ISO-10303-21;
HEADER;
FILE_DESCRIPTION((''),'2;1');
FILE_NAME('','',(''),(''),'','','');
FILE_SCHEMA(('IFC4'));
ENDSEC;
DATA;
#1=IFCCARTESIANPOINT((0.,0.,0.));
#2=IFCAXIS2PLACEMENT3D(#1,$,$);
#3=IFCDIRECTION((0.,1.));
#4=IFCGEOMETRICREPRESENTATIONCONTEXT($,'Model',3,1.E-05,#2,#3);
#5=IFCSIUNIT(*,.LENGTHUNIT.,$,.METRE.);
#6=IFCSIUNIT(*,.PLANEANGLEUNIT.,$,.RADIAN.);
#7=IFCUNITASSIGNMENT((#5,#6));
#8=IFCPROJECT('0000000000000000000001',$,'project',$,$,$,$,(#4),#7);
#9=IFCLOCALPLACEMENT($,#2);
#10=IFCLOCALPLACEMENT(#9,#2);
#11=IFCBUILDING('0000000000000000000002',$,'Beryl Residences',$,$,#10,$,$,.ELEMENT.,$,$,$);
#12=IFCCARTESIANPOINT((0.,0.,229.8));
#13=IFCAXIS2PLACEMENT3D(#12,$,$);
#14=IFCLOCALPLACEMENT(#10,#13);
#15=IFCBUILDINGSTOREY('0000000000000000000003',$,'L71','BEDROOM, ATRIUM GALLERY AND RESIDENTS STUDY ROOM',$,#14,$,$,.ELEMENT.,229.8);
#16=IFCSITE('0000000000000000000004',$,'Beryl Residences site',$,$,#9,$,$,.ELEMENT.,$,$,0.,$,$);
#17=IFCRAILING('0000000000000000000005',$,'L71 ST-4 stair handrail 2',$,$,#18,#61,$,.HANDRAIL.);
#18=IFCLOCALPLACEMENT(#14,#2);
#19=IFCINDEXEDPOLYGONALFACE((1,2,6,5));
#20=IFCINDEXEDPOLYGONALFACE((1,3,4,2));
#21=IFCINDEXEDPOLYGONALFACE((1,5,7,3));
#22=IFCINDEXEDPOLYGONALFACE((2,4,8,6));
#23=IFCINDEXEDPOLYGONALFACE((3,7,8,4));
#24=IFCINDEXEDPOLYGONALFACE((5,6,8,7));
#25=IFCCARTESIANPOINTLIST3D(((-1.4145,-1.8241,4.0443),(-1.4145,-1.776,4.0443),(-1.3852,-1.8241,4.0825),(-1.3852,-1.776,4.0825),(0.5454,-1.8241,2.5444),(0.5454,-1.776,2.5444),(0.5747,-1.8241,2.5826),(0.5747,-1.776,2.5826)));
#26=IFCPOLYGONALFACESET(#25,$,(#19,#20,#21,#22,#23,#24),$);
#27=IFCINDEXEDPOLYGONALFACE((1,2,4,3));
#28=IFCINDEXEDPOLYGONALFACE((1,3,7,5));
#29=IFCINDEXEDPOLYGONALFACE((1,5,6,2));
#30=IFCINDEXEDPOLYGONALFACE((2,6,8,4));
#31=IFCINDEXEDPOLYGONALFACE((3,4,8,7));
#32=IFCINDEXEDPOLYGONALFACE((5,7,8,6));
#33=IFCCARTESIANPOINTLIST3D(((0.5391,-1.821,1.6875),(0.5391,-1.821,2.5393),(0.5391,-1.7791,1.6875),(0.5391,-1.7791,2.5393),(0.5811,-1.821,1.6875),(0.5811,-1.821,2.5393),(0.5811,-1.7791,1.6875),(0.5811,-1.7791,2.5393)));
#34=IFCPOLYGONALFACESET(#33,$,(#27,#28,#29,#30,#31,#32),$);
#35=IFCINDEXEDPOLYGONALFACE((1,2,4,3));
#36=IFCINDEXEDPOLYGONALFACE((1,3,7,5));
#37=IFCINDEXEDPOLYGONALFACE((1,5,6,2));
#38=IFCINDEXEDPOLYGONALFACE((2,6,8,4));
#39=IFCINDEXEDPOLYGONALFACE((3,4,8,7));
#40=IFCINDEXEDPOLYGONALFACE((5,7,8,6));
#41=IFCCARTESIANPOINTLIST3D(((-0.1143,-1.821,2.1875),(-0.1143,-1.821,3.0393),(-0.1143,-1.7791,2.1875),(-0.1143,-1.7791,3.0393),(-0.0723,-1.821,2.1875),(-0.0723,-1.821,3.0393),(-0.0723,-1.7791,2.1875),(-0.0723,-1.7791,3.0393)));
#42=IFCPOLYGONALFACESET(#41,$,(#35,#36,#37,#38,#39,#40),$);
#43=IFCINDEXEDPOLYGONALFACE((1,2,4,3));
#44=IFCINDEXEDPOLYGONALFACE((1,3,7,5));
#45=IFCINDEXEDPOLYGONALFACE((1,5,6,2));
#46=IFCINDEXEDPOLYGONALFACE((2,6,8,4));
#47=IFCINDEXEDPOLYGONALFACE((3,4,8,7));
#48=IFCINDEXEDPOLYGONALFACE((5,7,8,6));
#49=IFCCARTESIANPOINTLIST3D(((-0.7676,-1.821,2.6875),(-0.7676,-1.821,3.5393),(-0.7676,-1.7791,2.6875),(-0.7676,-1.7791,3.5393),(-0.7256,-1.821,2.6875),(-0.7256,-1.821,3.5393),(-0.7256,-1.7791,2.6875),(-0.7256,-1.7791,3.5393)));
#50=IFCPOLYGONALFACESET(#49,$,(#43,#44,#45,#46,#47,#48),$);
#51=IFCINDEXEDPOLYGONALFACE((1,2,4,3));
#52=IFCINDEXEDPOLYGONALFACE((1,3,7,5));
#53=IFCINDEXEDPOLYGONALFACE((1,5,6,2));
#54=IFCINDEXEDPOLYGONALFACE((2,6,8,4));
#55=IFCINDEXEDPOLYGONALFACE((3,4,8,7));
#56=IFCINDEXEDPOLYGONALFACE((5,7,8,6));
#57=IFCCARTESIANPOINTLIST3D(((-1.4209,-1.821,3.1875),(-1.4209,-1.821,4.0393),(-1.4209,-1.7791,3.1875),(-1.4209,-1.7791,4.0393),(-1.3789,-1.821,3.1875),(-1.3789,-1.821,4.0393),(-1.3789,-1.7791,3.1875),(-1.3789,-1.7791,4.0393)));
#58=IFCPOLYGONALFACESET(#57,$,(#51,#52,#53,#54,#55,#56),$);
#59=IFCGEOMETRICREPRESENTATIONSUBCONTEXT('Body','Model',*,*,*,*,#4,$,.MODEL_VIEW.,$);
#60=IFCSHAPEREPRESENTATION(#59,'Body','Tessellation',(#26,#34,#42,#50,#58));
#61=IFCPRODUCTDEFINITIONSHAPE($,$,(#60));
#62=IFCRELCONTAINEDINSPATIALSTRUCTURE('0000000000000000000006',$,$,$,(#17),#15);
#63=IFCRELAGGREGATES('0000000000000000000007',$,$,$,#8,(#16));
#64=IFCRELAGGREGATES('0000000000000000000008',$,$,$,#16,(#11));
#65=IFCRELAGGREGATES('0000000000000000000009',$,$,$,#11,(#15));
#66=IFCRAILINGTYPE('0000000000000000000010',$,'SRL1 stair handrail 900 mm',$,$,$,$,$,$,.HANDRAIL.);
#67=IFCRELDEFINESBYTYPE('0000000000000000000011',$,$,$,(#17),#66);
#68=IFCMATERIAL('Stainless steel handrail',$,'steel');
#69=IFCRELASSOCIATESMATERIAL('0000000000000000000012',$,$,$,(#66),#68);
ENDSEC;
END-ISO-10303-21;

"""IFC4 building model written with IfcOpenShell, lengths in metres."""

from ifc_helpers import new_model, si_unit, direction, frame, origin, origin_2d, place, context, subcontext, project, spatial, rectangle, extrude, material, type_object, element, save


model = new_model("IFC4")

# Units and contexts
model_context = context("Model", 3, precision=1e-05, world=origin(), true_north=direction((0.0, 1.0)))
body_context = subcontext(model_context, "Body", "Model", "MODEL_VIEW")
ifc_project = project(units=[si_unit("LENGTHUNIT", "METRE"), si_unit("PLANEANGLEUNIT", "RADIAN")], contexts=[model_context])

# Site, building, storey
site_placement = place(None, origin())
site = spatial("IfcSite", under=ifc_project, at=site_placement, Name="Beryl Residences site", CompositionType="ELEMENT", RefElevation=0.0)
building_placement = place(site_placement, origin())
building = spatial("IfcBuilding", under=site, at=building_placement, Name="Beryl Residences", CompositionType="ELEMENT")
storey_placement = place(building_placement, frame((0.0, 0.0, 229.8)))
storey = spatial("IfcBuildingStorey", under=building, at=storey_placement, Name="L71", Description="BEDROOM, ATRIUM GALLERY AND RESIDENTS STUDY ROOM", CompositionType="ELEMENT", Elevation=229.8)

# Railing
ifc_material_1 = material(Name="Stainless steel handrail", Category="steel")
railing_type_1 = type_object("IfcRailingType", Name="SRL1 stair handrail 900 mm", PredefinedType="HANDRAIL", material=ifc_material_1)
for number, where, name in (
    (1, (0.5601, -1.8, 1.6875), "L71 ST-4 stair handrail 2"),
):
    element("IfcRailing", number, at=place(storey_placement, frame(where)), inside=storey, type_object=railing_type_1, Name=name, PredefinedType="HANDRAIL", context=body_context, shape_type="SweptSolid", body=[
        extrude(rectangle(XDim=0.0481, YDim=0.0481, at=origin_2d()), frame((0.0, 0.0, 0.876), z_axis=(-0.794122, 0.0, 0.607758), x_axis=(0.0, -1.0, 0.0)), (0.0, 0.0, 1.0), 2.468),
        extrude(rectangle(XDim=0.042, YDim=0.042, at=origin_2d()), origin(), (0.0, 0.0, 1.0), 0.8518),
        extrude(rectangle(XDim=0.042, YDim=0.042, at=origin_2d()), frame((-0.6533, 0.0, 0.5)), (0.0, 0.0, 1.0), 0.8518),
        extrude(rectangle(XDim=0.042, YDim=0.042, at=origin_2d()), frame((-1.3066, 0.0, 1.0)), (0.0, 0.0, 1.0), 0.8518),
        extrude(rectangle(XDim=0.042, YDim=0.042, at=origin_2d()), frame((-1.96, 0.0, 1.5)), (0.0, 0.0, 1.0), 0.8518),
    ])

save(model, "model.ifc")
